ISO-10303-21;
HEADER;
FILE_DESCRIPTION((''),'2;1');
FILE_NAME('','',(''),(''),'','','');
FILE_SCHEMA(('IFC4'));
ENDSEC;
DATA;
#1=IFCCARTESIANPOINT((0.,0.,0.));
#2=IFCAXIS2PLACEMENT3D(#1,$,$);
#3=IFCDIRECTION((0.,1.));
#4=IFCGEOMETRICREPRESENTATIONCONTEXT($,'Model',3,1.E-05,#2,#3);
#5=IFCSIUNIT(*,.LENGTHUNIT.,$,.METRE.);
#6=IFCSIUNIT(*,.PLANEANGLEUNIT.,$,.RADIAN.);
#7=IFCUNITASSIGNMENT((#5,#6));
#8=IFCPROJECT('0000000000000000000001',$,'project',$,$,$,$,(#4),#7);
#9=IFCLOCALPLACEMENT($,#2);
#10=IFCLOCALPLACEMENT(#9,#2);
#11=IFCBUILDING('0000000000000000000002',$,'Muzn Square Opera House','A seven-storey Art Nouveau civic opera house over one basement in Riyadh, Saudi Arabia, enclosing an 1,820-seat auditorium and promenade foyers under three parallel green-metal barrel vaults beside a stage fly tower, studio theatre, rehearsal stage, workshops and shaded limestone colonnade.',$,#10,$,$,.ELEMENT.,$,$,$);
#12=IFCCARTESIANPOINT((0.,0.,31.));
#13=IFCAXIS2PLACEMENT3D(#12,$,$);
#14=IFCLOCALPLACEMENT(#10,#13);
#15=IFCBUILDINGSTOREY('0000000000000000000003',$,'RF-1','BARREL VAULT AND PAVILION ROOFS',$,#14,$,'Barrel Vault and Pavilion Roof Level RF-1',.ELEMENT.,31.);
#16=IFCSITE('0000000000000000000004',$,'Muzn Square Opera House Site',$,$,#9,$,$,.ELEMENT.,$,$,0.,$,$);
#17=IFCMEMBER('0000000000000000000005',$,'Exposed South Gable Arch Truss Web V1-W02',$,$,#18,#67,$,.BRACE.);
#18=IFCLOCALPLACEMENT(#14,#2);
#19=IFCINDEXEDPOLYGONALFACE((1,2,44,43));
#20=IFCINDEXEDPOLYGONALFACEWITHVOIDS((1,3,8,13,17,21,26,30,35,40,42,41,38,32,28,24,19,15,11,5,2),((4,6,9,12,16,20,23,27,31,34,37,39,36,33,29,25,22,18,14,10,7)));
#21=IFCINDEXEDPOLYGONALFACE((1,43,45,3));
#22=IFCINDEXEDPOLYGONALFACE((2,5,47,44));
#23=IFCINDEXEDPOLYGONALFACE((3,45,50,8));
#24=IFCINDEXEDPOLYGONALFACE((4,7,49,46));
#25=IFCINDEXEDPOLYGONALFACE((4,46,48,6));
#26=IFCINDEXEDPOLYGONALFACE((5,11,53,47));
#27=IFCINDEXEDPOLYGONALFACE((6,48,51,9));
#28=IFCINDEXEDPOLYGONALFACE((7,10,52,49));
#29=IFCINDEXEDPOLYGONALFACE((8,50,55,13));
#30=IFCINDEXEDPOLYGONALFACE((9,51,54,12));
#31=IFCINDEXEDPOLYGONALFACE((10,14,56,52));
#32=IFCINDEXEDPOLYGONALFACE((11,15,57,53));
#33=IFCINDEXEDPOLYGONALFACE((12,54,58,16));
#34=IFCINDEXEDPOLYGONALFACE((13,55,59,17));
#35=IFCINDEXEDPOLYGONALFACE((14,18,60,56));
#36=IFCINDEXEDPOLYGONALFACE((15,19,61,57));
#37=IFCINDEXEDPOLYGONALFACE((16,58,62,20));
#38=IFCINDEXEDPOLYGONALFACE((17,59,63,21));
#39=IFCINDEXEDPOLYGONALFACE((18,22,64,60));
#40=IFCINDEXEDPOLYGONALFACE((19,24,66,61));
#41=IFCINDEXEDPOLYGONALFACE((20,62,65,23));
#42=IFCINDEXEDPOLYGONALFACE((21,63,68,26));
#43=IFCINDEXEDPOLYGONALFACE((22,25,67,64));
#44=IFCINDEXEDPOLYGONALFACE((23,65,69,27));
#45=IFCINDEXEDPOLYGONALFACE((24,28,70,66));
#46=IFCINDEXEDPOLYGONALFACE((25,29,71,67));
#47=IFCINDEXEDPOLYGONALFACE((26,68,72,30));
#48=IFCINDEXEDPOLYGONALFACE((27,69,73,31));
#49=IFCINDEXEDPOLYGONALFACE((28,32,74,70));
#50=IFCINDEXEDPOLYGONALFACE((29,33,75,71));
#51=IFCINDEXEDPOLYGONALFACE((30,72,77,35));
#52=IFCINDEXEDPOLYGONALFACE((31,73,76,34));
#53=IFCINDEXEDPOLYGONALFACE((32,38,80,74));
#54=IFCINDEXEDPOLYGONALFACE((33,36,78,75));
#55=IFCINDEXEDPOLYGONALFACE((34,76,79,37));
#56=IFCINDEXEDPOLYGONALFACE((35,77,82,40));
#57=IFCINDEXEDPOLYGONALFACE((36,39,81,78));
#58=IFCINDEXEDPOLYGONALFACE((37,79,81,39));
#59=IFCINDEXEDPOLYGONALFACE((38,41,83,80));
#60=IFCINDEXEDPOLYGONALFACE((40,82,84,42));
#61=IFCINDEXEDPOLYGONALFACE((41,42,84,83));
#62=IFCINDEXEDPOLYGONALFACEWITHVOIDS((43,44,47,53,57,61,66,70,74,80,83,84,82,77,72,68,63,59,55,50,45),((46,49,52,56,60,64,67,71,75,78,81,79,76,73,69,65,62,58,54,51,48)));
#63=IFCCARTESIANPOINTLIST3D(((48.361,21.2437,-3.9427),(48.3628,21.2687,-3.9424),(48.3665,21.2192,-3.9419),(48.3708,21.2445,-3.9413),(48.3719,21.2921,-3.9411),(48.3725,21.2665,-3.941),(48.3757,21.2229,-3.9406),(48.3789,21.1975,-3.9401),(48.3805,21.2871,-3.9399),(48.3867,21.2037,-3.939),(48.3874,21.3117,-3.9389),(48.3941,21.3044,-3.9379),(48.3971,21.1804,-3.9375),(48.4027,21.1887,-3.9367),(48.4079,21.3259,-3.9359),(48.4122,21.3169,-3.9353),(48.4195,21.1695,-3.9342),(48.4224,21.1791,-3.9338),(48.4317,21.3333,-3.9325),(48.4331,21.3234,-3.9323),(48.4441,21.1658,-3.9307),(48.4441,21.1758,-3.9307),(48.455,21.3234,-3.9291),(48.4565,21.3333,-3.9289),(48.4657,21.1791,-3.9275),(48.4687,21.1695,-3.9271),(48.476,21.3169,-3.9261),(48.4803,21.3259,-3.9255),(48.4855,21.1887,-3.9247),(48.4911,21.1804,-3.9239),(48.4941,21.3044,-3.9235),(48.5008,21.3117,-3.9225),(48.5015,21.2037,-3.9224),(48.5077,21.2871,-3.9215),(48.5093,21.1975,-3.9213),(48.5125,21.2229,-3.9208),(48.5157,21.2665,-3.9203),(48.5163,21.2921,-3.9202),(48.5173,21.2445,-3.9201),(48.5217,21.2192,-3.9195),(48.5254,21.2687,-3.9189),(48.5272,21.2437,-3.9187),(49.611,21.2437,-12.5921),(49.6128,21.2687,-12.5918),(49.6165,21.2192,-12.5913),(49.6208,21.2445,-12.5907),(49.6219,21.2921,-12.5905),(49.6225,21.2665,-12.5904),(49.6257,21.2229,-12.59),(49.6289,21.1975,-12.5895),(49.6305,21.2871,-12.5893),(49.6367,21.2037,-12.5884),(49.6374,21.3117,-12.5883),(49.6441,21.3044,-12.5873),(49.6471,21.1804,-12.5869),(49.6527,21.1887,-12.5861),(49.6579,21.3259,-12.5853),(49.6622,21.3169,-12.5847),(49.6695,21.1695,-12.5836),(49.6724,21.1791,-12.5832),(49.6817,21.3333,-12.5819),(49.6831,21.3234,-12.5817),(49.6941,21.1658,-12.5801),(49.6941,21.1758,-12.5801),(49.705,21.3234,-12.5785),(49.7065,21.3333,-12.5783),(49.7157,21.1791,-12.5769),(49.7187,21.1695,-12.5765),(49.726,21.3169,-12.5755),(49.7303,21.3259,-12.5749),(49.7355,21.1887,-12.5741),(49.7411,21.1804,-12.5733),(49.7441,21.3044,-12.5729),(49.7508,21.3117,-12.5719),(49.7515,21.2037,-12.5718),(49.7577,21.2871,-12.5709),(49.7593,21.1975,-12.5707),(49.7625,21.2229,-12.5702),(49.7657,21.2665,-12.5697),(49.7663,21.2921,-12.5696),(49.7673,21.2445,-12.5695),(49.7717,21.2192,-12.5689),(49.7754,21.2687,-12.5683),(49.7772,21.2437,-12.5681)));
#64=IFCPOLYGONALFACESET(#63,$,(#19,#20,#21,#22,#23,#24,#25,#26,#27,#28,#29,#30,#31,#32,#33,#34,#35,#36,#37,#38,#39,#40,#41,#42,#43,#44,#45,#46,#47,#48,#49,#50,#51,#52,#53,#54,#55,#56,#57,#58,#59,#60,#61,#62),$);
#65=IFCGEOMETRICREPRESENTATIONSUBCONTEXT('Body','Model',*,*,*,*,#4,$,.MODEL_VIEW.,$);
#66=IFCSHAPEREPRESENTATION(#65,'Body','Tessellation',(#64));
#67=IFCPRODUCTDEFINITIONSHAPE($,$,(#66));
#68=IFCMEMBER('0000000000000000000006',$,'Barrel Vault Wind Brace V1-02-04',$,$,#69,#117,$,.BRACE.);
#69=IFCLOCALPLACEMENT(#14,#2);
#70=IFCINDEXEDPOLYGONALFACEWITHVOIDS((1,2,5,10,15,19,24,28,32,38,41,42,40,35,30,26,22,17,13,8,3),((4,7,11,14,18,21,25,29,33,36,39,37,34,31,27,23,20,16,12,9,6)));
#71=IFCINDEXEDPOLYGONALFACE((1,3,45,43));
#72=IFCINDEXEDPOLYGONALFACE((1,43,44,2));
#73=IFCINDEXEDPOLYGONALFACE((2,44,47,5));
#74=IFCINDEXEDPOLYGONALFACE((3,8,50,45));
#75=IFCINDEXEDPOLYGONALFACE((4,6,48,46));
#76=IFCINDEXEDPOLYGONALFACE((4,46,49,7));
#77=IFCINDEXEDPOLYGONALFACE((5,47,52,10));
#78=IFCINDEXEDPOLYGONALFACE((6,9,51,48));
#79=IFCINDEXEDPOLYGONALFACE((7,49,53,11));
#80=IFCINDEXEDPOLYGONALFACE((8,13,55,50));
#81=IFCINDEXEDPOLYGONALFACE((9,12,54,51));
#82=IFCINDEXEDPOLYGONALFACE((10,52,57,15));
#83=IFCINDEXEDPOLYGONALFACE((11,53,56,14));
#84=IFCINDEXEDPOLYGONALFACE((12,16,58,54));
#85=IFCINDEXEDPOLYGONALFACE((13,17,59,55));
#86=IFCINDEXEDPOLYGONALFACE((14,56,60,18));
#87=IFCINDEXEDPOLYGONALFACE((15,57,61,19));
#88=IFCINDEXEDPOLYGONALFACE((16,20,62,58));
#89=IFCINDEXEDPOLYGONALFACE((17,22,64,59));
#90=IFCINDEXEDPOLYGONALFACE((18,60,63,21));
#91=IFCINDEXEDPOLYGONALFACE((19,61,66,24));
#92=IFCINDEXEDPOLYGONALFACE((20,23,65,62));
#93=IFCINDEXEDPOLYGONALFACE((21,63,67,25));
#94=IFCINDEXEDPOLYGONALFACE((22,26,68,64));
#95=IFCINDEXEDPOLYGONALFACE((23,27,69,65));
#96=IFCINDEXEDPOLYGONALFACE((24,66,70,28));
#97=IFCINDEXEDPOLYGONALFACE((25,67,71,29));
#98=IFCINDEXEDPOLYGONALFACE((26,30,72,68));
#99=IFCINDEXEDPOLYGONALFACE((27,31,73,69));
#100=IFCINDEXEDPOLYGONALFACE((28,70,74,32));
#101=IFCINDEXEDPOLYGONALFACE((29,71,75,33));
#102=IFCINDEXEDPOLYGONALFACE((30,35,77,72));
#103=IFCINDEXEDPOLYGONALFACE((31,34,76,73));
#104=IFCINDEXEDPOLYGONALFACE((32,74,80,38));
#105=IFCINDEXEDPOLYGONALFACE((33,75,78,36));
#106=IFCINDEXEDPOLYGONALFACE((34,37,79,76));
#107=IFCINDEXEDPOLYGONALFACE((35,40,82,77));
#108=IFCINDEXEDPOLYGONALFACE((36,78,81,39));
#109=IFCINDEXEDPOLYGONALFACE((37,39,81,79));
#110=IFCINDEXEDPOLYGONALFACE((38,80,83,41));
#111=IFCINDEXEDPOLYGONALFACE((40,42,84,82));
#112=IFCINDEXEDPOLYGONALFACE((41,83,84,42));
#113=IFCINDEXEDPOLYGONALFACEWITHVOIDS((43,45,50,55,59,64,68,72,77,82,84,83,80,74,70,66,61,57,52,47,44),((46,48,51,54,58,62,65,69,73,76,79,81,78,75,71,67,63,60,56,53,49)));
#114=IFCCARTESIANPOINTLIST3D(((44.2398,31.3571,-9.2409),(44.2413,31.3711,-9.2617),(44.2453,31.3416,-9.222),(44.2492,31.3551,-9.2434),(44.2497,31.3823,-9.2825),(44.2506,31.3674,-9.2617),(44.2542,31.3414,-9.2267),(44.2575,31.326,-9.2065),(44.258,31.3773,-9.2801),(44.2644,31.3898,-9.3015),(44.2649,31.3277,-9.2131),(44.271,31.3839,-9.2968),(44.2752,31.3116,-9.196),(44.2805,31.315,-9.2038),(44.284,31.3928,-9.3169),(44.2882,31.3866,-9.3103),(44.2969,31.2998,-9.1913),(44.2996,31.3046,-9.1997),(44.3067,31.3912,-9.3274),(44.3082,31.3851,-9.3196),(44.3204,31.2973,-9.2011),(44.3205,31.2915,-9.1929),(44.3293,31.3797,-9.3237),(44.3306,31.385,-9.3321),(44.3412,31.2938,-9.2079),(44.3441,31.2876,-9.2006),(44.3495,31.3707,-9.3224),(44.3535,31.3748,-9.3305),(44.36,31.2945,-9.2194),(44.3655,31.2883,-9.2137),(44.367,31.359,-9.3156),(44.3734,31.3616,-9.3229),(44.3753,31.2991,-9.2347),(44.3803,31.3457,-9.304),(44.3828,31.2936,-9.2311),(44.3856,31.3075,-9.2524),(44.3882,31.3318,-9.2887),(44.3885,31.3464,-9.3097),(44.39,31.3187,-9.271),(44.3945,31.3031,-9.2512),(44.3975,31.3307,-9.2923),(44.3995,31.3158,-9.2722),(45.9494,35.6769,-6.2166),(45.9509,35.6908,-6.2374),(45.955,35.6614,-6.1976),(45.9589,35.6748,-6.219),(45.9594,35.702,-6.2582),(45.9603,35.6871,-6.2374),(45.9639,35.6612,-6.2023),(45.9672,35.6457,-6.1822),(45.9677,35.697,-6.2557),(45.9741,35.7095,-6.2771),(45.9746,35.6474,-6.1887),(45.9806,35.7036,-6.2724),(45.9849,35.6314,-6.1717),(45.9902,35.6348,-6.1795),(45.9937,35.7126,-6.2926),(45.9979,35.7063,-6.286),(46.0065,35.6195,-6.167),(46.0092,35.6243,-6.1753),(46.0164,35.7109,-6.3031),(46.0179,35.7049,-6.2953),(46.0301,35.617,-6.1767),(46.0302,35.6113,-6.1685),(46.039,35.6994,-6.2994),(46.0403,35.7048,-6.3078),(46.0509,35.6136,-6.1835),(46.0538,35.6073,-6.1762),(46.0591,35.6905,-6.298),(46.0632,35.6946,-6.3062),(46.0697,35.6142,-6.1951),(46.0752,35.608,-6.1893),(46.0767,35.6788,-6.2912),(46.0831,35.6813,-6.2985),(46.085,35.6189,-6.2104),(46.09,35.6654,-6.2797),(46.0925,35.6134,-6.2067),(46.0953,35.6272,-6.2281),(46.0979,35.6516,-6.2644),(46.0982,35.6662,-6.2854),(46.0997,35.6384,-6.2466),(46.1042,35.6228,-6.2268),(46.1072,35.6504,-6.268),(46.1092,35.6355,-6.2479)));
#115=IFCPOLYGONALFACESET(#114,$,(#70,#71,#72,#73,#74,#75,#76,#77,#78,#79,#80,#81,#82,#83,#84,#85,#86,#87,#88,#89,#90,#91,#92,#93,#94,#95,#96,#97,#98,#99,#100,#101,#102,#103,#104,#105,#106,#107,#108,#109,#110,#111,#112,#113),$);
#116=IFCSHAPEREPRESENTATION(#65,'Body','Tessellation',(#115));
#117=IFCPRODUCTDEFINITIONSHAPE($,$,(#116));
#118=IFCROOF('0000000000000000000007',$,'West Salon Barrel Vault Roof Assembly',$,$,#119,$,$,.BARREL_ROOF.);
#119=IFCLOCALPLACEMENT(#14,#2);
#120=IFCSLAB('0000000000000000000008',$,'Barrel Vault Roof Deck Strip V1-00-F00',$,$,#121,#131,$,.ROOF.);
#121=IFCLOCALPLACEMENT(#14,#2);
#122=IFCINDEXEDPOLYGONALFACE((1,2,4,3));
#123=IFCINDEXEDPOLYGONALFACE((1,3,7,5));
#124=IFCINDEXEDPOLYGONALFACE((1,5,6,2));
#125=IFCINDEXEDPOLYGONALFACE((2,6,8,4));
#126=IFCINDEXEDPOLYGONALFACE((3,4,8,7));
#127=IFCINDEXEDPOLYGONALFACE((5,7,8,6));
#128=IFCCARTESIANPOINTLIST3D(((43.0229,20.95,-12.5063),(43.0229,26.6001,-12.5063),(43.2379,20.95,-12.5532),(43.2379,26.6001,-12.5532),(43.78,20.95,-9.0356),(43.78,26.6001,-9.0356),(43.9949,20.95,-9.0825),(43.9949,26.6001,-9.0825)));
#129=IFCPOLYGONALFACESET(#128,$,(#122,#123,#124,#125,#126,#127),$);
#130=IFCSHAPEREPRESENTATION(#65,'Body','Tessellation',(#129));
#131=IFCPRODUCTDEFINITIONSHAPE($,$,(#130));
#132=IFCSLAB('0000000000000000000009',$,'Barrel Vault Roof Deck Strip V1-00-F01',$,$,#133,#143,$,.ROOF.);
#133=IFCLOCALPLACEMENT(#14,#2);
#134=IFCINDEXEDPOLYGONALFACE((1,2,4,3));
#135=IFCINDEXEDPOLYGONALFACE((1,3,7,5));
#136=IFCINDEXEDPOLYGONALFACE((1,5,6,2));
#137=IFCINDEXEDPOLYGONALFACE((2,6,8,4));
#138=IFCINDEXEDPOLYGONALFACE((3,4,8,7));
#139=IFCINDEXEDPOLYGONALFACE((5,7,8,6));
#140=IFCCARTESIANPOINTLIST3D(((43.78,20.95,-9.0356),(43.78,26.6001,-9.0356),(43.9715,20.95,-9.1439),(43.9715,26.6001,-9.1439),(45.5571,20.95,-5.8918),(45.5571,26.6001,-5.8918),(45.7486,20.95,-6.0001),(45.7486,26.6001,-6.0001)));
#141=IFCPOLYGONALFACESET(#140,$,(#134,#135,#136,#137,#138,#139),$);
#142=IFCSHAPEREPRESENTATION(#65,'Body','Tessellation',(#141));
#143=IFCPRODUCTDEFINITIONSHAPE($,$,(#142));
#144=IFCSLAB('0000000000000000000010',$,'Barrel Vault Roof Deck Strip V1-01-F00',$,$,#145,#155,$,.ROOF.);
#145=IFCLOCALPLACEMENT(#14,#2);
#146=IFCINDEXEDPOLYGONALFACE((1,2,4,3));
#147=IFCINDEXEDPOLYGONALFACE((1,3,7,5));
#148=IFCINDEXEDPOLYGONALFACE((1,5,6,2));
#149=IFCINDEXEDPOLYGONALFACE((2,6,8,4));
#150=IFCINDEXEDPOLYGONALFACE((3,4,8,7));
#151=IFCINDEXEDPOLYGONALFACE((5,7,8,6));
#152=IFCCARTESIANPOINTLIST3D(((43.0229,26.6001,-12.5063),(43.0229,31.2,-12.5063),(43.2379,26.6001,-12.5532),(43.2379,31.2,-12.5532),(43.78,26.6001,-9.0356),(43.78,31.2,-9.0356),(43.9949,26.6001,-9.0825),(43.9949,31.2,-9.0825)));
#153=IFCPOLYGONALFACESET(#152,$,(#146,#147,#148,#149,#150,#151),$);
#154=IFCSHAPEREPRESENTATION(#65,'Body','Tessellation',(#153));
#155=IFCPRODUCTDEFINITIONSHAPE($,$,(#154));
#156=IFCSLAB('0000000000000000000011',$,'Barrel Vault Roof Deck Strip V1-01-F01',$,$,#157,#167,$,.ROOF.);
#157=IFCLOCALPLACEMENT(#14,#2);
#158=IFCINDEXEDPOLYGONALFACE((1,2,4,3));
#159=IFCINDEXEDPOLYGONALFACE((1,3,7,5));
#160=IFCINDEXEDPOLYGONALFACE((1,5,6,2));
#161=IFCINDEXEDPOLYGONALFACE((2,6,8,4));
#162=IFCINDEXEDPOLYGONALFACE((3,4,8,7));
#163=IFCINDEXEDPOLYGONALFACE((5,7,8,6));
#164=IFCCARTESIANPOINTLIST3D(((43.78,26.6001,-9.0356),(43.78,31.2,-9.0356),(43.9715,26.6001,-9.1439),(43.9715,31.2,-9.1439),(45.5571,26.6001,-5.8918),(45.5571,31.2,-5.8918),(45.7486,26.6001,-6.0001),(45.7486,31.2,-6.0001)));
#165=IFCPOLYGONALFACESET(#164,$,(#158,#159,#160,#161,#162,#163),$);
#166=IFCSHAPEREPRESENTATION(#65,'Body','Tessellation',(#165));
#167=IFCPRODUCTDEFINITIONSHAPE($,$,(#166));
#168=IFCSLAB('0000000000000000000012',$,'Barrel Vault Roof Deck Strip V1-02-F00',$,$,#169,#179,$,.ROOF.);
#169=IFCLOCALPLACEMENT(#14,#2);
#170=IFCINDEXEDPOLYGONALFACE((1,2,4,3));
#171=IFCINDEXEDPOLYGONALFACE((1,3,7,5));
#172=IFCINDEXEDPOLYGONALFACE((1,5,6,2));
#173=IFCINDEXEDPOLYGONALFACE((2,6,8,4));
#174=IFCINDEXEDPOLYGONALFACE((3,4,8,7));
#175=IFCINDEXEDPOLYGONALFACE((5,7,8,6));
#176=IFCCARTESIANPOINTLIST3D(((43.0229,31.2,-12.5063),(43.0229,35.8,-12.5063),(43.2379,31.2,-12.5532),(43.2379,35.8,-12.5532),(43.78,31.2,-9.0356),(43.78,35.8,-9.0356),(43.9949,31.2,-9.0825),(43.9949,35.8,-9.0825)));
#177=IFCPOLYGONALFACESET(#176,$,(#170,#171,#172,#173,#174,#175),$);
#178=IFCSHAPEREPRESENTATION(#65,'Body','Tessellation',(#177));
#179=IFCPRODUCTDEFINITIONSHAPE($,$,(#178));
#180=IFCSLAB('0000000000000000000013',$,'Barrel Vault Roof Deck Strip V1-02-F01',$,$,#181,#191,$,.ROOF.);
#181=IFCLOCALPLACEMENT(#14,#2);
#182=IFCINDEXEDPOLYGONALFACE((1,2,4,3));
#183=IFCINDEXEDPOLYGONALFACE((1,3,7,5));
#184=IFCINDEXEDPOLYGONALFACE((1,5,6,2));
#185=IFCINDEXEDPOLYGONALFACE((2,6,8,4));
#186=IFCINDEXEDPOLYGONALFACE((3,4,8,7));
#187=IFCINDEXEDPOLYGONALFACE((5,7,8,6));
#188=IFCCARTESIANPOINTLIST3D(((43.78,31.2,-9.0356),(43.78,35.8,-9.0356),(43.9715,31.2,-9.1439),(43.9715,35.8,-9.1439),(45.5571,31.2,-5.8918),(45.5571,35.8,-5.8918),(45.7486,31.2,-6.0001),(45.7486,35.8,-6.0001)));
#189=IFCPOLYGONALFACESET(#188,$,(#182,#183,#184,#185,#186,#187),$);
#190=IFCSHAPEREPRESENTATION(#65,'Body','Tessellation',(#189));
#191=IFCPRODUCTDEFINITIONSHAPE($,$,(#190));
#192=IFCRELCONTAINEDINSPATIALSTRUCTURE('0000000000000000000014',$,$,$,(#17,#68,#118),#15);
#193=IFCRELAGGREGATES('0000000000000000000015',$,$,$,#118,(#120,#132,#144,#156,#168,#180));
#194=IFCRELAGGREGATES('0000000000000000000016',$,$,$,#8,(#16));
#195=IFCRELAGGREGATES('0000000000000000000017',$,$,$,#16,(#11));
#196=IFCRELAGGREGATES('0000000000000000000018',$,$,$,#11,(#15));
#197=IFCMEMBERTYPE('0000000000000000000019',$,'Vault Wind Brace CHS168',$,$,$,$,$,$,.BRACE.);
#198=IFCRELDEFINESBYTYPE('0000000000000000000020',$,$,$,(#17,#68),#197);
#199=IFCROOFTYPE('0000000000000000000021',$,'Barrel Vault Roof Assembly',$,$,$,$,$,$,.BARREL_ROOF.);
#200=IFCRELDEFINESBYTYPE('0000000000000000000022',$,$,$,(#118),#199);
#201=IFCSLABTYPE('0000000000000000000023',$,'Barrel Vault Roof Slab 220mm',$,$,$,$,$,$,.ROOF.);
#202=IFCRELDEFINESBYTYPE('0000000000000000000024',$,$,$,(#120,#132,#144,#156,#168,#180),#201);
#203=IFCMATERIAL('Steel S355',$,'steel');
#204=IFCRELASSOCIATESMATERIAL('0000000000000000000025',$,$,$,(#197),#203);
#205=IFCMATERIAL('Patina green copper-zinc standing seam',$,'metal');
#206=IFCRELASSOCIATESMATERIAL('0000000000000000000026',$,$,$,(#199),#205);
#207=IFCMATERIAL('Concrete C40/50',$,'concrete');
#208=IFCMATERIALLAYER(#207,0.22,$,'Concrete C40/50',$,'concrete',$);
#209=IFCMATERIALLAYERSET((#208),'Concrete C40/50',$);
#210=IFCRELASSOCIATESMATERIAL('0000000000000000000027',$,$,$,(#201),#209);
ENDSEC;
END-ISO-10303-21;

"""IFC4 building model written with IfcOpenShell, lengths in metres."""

from ifc_helpers import new_model, si_unit, direction, frame, origin, origin_2d, place, context, subcontext, project, spatial, polyline, hollow_circle, outline, extrude, material, layer, layer_set, material_profile, profile_set, type_object, element, aggregate, save


model = new_model("IFC4")

# Units and contexts
model_context = context("Model", 3, precision=1e-05, world=origin(), true_north=direction((0.0, 1.0)))
body_context = subcontext(model_context, "Body", "Model", "MODEL_VIEW")
ifc_project = project(units=[si_unit("LENGTHUNIT", "METRE"), si_unit("PLANEANGLEUNIT", "RADIAN")], contexts=[model_context])

# Site, building, storey
site_placement = place(None, origin())
site = spatial("IfcSite", under=ifc_project, at=site_placement, Name="Muzn Square Opera House Site", CompositionType="ELEMENT", RefElevation=0.0)
building_placement = place(site_placement, origin())
building = spatial("IfcBuilding", under=site, at=building_placement, Name="Muzn Square Opera House", Description="A seven-storey Art Nouveau civic opera house over one basement in Riyadh, Saudi Arabia, enclosing an 1,820-seat auditorium and promenade foyers under three parallel green-metal barrel vaults beside a stage fly tower, studio theatre, rehearsal stage, workshops and shaded limestone colonnade.", CompositionType="ELEMENT")
storey_placement = place(building_placement, frame((0.0, 0.0, 31.0)))
storey = spatial("IfcBuildingStorey", under=building, at=storey_placement, Name="RF-1", Description="BARREL VAULT AND PAVILION ROOFS", LongName="Barrel Vault and Pavilion Roof Level RF-1", CompositionType="ELEMENT", Elevation=31.0)

# Shared definitions
ifc_material_1 = material(Name="Steel S355", Category="steel")

# Members
ifc_material_profile_1 = material_profile(ifc_material_1, hollow_circle(Radius=0.0842, WallThickness=0.01, at=origin_2d()), Name="CHS 168.3x10", Category="steel")
ifc_profile_set_1 = profile_set([ifc_material_profile_1], Name="Steel S355")
member_type = type_object("IfcMemberType", Name="Vault Wind Brace CHS168", PredefinedType="BRACE", material=ifc_profile_set_1)
member_1_placement = place(storey_placement, frame((49.6941, 21.25, -12.5801), z_axis=(-0.143033, 0.0, 0.989718), x_axis=(0.0, -1.0, 0.0)))
element("IfcMember", 1, at=member_1_placement, inside=storey, type_object=member_type, Name="Exposed South Gable Arch Truss Web V1-W02", PredefinedType="BRACE", context=body_context, shape_type="SweptSolid", body=[
    extrude(hollow_circle(Radius=0.0842, WallThickness=0.01, at=origin_2d()), origin(), (0.0, 0.0, 1.0), 8.7393),
])
member_2_placement = place(storey_placement, frame((44.3196, 31.3401, -9.2617), z_axis=(0.308415, 0.77925, 0.545572), x_axis=(-0.929822, 0.368009, 0.0)))
element("IfcMember", 2, at=member_2_placement, inside=storey, type_object=member_type, Name="Barrel Vault Wind Brace V1-02-04", PredefinedType="BRACE", context=body_context, shape_type="SweptSolid", body=[
    extrude(hollow_circle(Radius=0.0842, WallThickness=0.01, at=origin_2d()), origin(), (0.0, 0.0, 1.0), 5.5435),
])

# Roof, slabs
ifc_material_2 = material(Name="Patina green copper-zinc standing seam", Category="metal")
roof_type = type_object("IfcRoofType", Name="Barrel Vault Roof Assembly", PredefinedType="BARREL_ROOF", material=ifc_material_2)
roof_placement = place(storey_placement, origin())
roof = element("IfcRoof", 3, at=roof_placement, inside=storey, type_object=roof_type, Name="West Salon Barrel Vault Roof Assembly", PredefinedType="BARREL_ROOF")
ifc_material_3 = material(Name="Concrete C40/50", Category="concrete")
ifc_layer_1 = layer(ifc_material_3, 0.22, Name="Concrete C40/50", Category="concrete")
ifc_layer_set_1 = layer_set([ifc_layer_1], Name="Concrete C40/50")
slab_type = type_object("IfcSlabType", Name="Barrel Vault Roof Slab 220mm", PredefinedType="ROOF", material=ifc_layer_set_1)
slab_1_placement = place(storey_placement, frame((43.78, 20.95, -9.0356), z_axis=(-0.977025, 0.0, 0.213123), x_axis=(0.0, 1.0, 0.0)))
slab_1 = element("IfcSlab", 4, at=slab_1_placement, type_object=slab_type, Name="Barrel Vault Roof Deck Strip V1-00-F00", PredefinedType="ROOF", context=body_context, shape_type="SweptSolid", body=[
    extrude(outline(polyline([(0.0, 3.5523), (0.0, 0.0), (5.6501, 0.0), (5.6501, 3.5523), (0.0, 3.5523)])), origin(), (0.0, 0.0, -1.0), 0.22),
])
slab_2_placement = place(storey_placement, frame((45.5571, 20.95, -5.8918), z_axis=(-0.870543, 0.0, 0.492093), x_axis=(0.0, 1.0, 0.0)))
slab_2 = element("IfcSlab", 5, at=slab_2_placement, type_object=slab_type, Name="Barrel Vault Roof Deck Strip V1-00-F01", PredefinedType="ROOF", context=body_context, shape_type="SweptSolid", body=[
    extrude(outline(polyline([(0.0, 3.6113), (0.0, 0.0), (5.6501, 0.0), (5.6501, 3.6113), (0.0, 3.6113)])), origin(), (0.0, 0.0, -1.0), 0.22),
])
slab_3_placement = place(storey_placement, frame((43.78, 26.6001, -9.0356), z_axis=(-0.977025, 0.0, 0.213123), x_axis=(0.0, 1.0, 0.0)))
slab_3 = element("IfcSlab", 6, at=slab_3_placement, type_object=slab_type, Name="Barrel Vault Roof Deck Strip V1-01-F00", PredefinedType="ROOF", context=body_context, shape_type="SweptSolid", body=[
    extrude(outline(polyline([(0.0, 3.5523), (0.0, 0.0), (4.5999, 0.0), (4.5999, 3.5523), (0.0, 3.5523)])), origin(), (0.0, 0.0, -1.0), 0.22),
])
slab_4_placement = place(storey_placement, frame((45.5571, 26.6001, -5.8918), z_axis=(-0.870543, 0.0, 0.492093), x_axis=(0.0, 1.0, 0.0)))
slab_4 = element("IfcSlab", 7, at=slab_4_placement, type_object=slab_type, Name="Barrel Vault Roof Deck Strip V1-01-F01", PredefinedType="ROOF", context=body_context, shape_type="SweptSolid", body=[
    extrude(outline(polyline([(0.0, 3.6113), (0.0, 0.0), (4.5999, 0.0), (4.5999, 3.6113), (0.0, 3.6113)])), origin(), (0.0, 0.0, -1.0), 0.22),
])
slab_5_placement = place(storey_placement, frame((43.78, 31.2, -9.0356), z_axis=(-0.977025, 0.0, 0.213123), x_axis=(0.0, 1.0, 0.0)))
slab_5 = element("IfcSlab", 8, at=slab_5_placement, type_object=slab_type, Name="Barrel Vault Roof Deck Strip V1-02-F00", PredefinedType="ROOF", context=body_context, shape_type="SweptSolid", body=[
    extrude(outline(polyline([(0.0, 3.5523), (0.0, 0.0), (4.6001, 0.0), (4.6001, 3.5523), (0.0, 3.5523)])), origin(), (0.0, 0.0, -1.0), 0.22),
])
slab_6_placement = place(storey_placement, frame((45.5571, 31.2, -5.8918), z_axis=(-0.870543, 0.0, 0.492093), x_axis=(0.0, 1.0, 0.0)))
slab_6 = element("IfcSlab", 9, at=slab_6_placement, type_object=slab_type, Name="Barrel Vault Roof Deck Strip V1-02-F01", PredefinedType="ROOF", context=body_context, shape_type="SweptSolid", body=[
    extrude(outline(polyline([(0.0, 3.6113), (0.0, 0.0), (4.6001, 0.0), (4.6001, 3.6113), (0.0, 3.6113)])), origin(), (0.0, 0.0, -1.0), 0.22),
])
aggregate(roof, [slab_1, slab_2, slab_3, slab_4, slab_5, slab_6])

save(model, "model.ifc")
